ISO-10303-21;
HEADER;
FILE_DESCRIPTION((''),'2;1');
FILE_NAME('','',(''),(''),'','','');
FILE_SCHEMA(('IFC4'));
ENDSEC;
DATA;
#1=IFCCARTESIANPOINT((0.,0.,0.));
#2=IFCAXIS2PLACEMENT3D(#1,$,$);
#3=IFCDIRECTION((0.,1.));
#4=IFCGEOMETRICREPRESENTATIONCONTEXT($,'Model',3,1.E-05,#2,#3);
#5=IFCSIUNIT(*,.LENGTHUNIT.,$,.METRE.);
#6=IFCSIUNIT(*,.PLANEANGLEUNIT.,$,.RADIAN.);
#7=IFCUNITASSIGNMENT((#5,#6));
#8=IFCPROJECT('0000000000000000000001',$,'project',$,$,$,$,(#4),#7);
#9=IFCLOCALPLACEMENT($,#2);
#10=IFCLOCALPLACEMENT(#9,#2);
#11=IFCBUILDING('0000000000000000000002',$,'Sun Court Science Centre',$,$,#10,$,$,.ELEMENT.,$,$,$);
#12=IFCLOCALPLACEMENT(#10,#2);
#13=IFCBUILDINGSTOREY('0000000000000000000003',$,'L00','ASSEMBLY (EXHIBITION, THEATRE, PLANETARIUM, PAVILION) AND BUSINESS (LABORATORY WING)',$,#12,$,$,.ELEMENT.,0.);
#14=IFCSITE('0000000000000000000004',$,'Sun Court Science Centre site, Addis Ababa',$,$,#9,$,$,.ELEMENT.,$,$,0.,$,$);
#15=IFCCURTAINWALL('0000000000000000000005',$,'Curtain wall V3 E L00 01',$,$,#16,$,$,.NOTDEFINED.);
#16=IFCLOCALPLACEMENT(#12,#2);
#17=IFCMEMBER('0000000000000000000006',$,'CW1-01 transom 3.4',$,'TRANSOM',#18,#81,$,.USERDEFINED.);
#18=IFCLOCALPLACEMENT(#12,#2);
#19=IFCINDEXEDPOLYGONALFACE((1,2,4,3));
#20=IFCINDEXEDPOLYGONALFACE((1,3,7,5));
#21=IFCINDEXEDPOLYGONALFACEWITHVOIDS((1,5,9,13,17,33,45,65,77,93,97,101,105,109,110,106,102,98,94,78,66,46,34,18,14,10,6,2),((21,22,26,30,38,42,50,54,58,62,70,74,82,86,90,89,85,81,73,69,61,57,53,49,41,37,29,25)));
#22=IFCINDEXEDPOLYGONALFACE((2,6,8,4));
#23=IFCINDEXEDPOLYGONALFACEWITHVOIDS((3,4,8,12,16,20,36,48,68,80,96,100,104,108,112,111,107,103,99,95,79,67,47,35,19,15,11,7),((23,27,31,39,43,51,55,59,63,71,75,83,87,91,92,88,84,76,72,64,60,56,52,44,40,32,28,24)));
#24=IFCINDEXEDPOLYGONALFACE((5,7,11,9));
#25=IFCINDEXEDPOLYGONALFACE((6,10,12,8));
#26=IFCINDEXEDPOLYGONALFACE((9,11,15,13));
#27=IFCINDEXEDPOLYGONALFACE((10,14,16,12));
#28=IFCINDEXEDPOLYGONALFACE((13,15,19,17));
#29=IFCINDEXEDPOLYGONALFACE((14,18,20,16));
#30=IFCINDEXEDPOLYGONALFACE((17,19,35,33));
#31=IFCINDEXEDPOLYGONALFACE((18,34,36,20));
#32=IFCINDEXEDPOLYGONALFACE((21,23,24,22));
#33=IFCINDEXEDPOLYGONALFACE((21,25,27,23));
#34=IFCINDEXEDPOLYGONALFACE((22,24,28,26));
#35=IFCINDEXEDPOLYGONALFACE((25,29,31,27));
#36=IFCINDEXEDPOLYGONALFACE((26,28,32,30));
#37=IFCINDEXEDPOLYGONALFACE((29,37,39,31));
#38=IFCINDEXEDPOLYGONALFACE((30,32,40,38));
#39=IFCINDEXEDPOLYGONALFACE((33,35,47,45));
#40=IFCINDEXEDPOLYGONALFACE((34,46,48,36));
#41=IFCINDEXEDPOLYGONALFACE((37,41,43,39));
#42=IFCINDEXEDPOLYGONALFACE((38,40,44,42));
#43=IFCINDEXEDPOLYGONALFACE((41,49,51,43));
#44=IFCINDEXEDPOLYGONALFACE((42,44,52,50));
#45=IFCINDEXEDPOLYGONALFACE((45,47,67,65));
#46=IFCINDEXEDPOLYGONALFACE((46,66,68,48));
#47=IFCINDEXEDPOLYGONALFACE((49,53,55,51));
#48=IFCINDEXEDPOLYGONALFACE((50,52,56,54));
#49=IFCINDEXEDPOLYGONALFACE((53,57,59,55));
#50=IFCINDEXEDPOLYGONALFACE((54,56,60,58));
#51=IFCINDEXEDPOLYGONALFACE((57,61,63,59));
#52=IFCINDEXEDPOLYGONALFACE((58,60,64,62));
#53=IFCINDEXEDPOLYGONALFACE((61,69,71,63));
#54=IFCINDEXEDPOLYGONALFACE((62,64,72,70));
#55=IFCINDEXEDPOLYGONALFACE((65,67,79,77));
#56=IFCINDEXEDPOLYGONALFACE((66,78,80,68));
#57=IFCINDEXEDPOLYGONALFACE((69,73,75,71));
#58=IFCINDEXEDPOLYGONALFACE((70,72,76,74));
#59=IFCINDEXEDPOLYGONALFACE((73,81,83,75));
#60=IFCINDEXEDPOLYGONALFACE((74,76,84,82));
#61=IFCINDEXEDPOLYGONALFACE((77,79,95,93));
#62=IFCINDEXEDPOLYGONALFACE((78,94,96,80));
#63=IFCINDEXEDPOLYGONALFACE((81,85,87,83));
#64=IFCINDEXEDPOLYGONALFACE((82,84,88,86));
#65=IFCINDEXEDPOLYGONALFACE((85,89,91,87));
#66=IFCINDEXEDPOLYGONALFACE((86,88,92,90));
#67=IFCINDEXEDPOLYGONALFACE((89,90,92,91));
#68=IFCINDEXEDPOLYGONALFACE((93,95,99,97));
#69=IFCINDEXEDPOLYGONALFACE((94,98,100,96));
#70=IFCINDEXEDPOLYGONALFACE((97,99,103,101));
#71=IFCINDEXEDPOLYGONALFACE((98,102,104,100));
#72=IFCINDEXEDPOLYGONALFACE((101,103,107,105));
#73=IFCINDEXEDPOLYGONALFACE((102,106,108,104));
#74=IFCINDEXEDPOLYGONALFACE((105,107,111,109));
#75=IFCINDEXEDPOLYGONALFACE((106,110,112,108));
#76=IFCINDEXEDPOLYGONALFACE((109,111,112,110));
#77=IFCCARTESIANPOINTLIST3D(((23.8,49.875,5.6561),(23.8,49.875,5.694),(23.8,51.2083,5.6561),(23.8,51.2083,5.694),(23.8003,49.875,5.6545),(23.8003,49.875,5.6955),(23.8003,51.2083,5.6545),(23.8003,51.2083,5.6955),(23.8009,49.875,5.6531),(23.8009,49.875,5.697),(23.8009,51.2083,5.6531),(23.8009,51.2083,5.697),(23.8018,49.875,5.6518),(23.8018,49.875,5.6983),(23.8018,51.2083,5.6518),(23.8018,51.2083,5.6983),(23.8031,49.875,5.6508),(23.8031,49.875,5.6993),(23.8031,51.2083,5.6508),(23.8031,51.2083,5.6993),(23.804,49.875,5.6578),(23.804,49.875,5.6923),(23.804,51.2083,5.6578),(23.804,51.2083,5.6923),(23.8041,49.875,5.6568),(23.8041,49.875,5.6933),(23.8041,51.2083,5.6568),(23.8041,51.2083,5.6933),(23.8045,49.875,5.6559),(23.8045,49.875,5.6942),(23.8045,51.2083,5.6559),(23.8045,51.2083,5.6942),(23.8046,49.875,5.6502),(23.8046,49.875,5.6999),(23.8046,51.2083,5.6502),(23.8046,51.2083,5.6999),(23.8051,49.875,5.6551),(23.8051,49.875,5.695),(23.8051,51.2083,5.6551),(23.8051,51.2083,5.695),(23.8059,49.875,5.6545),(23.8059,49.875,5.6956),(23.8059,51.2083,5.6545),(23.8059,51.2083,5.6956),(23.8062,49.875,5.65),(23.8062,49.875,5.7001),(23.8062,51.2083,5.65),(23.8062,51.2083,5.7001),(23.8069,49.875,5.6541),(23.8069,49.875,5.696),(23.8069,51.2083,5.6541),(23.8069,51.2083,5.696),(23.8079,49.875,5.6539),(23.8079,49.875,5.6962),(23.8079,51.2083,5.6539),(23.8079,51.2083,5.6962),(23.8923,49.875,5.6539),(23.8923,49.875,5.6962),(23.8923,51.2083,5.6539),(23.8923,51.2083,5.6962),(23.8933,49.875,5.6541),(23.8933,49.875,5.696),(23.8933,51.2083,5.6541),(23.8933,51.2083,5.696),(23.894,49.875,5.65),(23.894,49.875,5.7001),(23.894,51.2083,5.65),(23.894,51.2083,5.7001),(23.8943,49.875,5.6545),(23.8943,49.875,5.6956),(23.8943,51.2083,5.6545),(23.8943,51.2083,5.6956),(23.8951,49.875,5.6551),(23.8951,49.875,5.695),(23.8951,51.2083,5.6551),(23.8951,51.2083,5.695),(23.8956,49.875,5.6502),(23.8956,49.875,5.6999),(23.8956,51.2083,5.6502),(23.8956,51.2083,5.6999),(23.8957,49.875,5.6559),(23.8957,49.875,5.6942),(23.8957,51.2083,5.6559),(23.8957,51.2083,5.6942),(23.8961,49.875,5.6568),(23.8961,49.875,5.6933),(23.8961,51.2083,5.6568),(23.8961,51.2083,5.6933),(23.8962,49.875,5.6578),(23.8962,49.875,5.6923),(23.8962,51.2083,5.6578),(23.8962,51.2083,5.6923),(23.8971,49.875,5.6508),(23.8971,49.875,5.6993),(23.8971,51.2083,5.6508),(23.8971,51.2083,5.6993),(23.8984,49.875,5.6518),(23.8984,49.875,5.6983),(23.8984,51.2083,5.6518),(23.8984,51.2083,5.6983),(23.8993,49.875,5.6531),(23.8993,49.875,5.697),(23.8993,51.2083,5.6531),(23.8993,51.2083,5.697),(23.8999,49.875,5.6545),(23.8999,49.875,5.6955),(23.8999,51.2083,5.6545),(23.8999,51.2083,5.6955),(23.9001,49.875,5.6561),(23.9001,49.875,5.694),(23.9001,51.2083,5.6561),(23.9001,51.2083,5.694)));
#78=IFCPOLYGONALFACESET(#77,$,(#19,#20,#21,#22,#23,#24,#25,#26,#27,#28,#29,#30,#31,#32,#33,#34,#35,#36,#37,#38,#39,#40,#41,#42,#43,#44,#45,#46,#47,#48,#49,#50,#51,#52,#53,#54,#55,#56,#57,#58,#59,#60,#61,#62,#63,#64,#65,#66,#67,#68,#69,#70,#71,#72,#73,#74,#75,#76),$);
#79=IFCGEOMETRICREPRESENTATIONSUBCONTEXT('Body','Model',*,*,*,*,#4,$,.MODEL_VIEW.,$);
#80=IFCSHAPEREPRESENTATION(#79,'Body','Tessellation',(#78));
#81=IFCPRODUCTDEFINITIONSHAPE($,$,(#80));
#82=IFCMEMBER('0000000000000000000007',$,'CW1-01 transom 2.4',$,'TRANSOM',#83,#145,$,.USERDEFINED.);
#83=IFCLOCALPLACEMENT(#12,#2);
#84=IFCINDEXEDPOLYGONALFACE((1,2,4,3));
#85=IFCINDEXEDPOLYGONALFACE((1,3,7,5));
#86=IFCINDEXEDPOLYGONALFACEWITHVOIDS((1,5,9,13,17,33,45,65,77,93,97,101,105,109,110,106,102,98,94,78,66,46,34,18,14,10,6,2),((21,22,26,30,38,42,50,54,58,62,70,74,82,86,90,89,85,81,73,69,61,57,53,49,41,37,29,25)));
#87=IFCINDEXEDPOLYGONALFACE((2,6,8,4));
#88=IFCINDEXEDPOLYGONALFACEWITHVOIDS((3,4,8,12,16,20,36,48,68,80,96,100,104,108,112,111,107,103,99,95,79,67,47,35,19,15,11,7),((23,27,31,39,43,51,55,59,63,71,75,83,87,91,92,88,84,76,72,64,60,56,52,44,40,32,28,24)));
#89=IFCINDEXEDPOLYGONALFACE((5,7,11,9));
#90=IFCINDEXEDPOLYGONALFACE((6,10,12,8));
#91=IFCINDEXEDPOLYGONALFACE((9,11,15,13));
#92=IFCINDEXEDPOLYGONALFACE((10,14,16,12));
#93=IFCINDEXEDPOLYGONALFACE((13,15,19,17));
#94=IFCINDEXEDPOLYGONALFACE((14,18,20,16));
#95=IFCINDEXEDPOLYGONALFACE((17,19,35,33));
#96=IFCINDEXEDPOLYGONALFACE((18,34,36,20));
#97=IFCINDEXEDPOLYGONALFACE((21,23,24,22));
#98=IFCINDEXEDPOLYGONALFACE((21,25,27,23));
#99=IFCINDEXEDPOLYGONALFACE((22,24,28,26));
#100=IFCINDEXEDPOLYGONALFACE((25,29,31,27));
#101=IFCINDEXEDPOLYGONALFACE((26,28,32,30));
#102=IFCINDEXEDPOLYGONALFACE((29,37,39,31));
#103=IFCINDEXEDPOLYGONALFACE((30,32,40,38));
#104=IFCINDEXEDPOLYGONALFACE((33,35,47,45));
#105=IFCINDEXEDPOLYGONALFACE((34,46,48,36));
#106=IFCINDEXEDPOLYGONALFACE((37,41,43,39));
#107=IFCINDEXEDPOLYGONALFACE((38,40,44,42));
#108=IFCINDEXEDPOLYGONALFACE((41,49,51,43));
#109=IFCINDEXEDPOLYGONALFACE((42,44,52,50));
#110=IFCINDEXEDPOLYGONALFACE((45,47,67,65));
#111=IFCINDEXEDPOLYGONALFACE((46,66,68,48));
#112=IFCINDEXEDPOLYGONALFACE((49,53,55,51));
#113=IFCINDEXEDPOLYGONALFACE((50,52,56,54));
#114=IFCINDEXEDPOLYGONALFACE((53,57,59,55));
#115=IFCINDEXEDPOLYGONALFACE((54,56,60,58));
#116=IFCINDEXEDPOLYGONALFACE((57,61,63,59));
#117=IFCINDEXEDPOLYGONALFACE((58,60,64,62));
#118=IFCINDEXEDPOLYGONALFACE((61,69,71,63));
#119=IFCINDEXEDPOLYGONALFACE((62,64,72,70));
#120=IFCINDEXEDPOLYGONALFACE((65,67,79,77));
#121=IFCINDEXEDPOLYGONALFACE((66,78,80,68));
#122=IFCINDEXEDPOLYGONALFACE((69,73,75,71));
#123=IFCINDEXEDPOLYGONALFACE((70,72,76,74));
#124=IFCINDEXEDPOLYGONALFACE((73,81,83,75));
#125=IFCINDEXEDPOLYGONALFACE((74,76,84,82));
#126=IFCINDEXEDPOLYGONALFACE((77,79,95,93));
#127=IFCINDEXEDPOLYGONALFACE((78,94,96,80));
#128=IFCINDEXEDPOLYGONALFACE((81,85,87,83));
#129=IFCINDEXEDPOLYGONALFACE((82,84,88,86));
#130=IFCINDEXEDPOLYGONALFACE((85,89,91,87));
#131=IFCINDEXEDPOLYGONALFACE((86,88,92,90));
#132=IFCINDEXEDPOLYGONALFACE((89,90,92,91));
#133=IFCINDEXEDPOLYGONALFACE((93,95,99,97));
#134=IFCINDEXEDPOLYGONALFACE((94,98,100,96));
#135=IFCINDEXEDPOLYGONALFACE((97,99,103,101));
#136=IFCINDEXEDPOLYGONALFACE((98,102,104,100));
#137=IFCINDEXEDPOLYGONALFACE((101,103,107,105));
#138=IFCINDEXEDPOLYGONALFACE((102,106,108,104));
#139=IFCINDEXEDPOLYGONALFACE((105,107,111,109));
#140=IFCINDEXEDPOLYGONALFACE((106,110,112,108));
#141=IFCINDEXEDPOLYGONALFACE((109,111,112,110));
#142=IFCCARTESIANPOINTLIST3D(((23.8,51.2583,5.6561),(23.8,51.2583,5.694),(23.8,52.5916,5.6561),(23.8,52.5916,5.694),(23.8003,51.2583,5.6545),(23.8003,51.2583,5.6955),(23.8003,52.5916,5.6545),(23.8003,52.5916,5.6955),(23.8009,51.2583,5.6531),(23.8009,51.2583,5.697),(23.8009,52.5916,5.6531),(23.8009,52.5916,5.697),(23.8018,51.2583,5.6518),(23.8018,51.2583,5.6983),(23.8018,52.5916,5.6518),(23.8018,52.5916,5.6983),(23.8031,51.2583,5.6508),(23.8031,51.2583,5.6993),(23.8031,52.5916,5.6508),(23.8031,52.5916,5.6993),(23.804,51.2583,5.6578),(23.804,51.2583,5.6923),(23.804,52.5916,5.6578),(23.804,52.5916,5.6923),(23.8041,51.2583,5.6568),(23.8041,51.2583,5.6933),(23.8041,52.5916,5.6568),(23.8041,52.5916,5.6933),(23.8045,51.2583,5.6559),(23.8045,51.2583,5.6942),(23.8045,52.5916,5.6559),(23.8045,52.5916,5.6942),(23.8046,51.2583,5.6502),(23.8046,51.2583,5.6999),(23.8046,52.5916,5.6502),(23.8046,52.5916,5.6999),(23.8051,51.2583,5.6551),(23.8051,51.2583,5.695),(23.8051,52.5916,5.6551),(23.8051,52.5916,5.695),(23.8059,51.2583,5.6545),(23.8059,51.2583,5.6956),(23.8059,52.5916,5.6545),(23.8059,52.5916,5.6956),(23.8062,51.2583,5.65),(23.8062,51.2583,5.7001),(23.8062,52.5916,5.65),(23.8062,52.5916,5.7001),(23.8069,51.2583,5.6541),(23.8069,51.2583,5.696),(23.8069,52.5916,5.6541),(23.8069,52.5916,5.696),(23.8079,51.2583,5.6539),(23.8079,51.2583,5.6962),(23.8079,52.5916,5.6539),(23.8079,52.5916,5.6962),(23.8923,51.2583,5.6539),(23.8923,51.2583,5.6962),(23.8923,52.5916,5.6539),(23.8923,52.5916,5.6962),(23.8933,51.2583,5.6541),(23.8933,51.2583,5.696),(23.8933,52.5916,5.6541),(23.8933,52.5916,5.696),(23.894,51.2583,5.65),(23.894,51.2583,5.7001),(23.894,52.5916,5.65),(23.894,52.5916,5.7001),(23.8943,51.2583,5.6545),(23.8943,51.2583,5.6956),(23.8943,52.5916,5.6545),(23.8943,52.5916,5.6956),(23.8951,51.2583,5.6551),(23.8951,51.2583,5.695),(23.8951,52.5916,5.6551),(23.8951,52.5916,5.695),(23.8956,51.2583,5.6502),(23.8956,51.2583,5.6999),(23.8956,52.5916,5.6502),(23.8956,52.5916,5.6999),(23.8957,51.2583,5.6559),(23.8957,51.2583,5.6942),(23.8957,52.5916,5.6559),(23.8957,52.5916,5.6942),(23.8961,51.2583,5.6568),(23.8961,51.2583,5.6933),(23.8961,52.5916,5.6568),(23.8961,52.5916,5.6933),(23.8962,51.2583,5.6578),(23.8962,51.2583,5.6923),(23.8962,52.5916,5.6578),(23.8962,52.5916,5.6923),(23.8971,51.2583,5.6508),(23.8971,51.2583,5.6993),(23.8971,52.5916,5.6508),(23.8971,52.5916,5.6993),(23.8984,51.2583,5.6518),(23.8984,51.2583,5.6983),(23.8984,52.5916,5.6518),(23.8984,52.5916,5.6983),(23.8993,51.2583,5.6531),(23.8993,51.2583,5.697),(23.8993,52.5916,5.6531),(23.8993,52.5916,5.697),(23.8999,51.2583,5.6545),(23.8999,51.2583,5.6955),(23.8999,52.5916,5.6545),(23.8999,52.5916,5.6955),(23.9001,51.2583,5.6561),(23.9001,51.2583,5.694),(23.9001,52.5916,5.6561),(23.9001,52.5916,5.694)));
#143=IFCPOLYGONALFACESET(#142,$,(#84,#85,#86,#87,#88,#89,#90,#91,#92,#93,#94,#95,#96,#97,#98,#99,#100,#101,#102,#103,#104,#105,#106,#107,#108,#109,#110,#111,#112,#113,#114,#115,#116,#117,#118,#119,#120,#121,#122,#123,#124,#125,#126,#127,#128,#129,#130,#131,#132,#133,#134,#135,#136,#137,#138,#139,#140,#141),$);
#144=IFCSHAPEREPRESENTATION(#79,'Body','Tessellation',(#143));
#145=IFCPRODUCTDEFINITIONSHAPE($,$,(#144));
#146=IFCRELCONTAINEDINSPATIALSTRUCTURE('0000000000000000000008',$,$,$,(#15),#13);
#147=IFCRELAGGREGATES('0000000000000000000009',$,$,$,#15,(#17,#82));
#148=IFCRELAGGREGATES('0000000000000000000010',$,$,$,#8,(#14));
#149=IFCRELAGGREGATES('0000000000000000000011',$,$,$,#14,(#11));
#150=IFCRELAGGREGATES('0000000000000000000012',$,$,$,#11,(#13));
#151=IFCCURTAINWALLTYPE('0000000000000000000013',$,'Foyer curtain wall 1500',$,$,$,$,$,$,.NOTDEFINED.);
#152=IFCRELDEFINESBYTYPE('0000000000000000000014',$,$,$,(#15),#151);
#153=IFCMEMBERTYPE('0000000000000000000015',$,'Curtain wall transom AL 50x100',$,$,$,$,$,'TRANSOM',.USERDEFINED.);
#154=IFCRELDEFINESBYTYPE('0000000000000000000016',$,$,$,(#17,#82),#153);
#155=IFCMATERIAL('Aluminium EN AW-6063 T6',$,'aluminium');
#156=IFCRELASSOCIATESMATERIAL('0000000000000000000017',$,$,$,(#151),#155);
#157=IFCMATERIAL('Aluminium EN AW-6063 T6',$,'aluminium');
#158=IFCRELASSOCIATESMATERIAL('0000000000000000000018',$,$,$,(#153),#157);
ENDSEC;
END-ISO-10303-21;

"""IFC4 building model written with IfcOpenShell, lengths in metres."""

from ifc_helpers import new_model, si_unit, direction, frame, origin, origin_2d, place, context, subcontext, project, spatial, hollow_rectangle, extrude, material, material_profile, profile_set, type_object, element, aggregate, save


model = new_model("IFC4")

# Units and contexts
model_context = context("Model", 3, precision=1e-05, world=origin(), true_north=direction((0.0, 1.0)))
body_context = subcontext(model_context, "Body", "Model", "MODEL_VIEW")
ifc_project = project(units=[si_unit("LENGTHUNIT", "METRE"), si_unit("PLANEANGLEUNIT", "RADIAN")], contexts=[model_context])

# Site, building, storey
site_placement = place(None, origin())
site = spatial("IfcSite", under=ifc_project, at=site_placement, Name="Sun Court Science Centre site, Addis Ababa", CompositionType="ELEMENT", RefElevation=0.0)
building_placement = place(site_placement, origin())
building = spatial("IfcBuilding", under=site, at=building_placement, Name="Sun Court Science Centre", CompositionType="ELEMENT")
storey_placement = place(building_placement, origin())
storey = spatial("IfcBuildingStorey", under=building, at=storey_placement, Name="L00", Description="ASSEMBLY (EXHIBITION, THEATRE, PLANETARIUM, PAVILION) AND BUSINESS (LABORATORY WING)", CompositionType="ELEMENT", Elevation=0.0)

# Curtain wall
ifc_material_1 = material(Name="Aluminium EN AW-6063 T6", Category="aluminium")
curtain_wall_type_1 = type_object("IfcCurtainWallType", Name="Foyer curtain wall 1500", PredefinedType="NOTDEFINED", material=ifc_material_1)
curtain_wall_1_placement = place(storey_placement, origin())
curtain_wall_1 = element("IfcCurtainWall", 1, at=curtain_wall_1_placement, inside=storey, type_object=curtain_wall_type_1, Name="Curtain wall V3 E L00 01", PredefinedType="NOTDEFINED")

# Members
ifc_material_2 = material(Name="Aluminium EN AW-6063 T6", Category="aluminium")
ifc_material_profile_1 = material_profile(ifc_material_2, hollow_rectangle(XDim=0.05, YDim=0.1001, WallThickness=0.0039, InnerFilletRadius=0.0039, OuterFilletRadius=0.0061, at=origin_2d()), Name="AL 50x100x4")
ifc_profile_set_1 = profile_set([ifc_material_profile_1], Name="Aluminium EN AW-6063 T6")
member_type_1 = type_object("IfcMemberType", Name="Curtain wall transom AL 50x100", ElementType="TRANSOM", PredefinedType="USERDEFINED", material=ifc_profile_set_1)
member_1_placement = place(storey_placement, frame((23.8501, 51.2083, 5.675), z_axis=(0.0, -1.0, 0.0), x_axis=(0.0, 0.0, 1.0)))
member_1 = element("IfcMember", 2, at=member_1_placement, type_object=member_type_1, Name="CW1-01 transom 3.4", ObjectType="TRANSOM", PredefinedType="USERDEFINED", context=body_context, shape_type="SweptSolid", body=[
    extrude(hollow_rectangle(XDim=0.05, YDim=0.1001, WallThickness=0.0039, InnerFilletRadius=0.0039, OuterFilletRadius=0.0061, at=origin_2d()), origin(), (0.0, 0.0, 1.0), 1.3333),
])
member_2_placement = place(storey_placement, frame((23.8501, 52.5916, 5.675), z_axis=(0.0, -1.0, 0.0), x_axis=(0.0, 0.0, 1.0)))
member_2 = element("IfcMember", 3, at=member_2_placement, type_object=member_type_1, Name="CW1-01 transom 2.4", ObjectType="TRANSOM", PredefinedType="USERDEFINED", context=body_context, shape_type="SweptSolid", body=[
    extrude(hollow_rectangle(XDim=0.05, YDim=0.1001, WallThickness=0.0039, InnerFilletRadius=0.0039, OuterFilletRadius=0.0061, at=origin_2d()), origin(), (0.0, 0.0, 1.0), 1.3333),
])

aggregate(curtain_wall_1, [member_1, member_2])

save(model, "model.ifc")
